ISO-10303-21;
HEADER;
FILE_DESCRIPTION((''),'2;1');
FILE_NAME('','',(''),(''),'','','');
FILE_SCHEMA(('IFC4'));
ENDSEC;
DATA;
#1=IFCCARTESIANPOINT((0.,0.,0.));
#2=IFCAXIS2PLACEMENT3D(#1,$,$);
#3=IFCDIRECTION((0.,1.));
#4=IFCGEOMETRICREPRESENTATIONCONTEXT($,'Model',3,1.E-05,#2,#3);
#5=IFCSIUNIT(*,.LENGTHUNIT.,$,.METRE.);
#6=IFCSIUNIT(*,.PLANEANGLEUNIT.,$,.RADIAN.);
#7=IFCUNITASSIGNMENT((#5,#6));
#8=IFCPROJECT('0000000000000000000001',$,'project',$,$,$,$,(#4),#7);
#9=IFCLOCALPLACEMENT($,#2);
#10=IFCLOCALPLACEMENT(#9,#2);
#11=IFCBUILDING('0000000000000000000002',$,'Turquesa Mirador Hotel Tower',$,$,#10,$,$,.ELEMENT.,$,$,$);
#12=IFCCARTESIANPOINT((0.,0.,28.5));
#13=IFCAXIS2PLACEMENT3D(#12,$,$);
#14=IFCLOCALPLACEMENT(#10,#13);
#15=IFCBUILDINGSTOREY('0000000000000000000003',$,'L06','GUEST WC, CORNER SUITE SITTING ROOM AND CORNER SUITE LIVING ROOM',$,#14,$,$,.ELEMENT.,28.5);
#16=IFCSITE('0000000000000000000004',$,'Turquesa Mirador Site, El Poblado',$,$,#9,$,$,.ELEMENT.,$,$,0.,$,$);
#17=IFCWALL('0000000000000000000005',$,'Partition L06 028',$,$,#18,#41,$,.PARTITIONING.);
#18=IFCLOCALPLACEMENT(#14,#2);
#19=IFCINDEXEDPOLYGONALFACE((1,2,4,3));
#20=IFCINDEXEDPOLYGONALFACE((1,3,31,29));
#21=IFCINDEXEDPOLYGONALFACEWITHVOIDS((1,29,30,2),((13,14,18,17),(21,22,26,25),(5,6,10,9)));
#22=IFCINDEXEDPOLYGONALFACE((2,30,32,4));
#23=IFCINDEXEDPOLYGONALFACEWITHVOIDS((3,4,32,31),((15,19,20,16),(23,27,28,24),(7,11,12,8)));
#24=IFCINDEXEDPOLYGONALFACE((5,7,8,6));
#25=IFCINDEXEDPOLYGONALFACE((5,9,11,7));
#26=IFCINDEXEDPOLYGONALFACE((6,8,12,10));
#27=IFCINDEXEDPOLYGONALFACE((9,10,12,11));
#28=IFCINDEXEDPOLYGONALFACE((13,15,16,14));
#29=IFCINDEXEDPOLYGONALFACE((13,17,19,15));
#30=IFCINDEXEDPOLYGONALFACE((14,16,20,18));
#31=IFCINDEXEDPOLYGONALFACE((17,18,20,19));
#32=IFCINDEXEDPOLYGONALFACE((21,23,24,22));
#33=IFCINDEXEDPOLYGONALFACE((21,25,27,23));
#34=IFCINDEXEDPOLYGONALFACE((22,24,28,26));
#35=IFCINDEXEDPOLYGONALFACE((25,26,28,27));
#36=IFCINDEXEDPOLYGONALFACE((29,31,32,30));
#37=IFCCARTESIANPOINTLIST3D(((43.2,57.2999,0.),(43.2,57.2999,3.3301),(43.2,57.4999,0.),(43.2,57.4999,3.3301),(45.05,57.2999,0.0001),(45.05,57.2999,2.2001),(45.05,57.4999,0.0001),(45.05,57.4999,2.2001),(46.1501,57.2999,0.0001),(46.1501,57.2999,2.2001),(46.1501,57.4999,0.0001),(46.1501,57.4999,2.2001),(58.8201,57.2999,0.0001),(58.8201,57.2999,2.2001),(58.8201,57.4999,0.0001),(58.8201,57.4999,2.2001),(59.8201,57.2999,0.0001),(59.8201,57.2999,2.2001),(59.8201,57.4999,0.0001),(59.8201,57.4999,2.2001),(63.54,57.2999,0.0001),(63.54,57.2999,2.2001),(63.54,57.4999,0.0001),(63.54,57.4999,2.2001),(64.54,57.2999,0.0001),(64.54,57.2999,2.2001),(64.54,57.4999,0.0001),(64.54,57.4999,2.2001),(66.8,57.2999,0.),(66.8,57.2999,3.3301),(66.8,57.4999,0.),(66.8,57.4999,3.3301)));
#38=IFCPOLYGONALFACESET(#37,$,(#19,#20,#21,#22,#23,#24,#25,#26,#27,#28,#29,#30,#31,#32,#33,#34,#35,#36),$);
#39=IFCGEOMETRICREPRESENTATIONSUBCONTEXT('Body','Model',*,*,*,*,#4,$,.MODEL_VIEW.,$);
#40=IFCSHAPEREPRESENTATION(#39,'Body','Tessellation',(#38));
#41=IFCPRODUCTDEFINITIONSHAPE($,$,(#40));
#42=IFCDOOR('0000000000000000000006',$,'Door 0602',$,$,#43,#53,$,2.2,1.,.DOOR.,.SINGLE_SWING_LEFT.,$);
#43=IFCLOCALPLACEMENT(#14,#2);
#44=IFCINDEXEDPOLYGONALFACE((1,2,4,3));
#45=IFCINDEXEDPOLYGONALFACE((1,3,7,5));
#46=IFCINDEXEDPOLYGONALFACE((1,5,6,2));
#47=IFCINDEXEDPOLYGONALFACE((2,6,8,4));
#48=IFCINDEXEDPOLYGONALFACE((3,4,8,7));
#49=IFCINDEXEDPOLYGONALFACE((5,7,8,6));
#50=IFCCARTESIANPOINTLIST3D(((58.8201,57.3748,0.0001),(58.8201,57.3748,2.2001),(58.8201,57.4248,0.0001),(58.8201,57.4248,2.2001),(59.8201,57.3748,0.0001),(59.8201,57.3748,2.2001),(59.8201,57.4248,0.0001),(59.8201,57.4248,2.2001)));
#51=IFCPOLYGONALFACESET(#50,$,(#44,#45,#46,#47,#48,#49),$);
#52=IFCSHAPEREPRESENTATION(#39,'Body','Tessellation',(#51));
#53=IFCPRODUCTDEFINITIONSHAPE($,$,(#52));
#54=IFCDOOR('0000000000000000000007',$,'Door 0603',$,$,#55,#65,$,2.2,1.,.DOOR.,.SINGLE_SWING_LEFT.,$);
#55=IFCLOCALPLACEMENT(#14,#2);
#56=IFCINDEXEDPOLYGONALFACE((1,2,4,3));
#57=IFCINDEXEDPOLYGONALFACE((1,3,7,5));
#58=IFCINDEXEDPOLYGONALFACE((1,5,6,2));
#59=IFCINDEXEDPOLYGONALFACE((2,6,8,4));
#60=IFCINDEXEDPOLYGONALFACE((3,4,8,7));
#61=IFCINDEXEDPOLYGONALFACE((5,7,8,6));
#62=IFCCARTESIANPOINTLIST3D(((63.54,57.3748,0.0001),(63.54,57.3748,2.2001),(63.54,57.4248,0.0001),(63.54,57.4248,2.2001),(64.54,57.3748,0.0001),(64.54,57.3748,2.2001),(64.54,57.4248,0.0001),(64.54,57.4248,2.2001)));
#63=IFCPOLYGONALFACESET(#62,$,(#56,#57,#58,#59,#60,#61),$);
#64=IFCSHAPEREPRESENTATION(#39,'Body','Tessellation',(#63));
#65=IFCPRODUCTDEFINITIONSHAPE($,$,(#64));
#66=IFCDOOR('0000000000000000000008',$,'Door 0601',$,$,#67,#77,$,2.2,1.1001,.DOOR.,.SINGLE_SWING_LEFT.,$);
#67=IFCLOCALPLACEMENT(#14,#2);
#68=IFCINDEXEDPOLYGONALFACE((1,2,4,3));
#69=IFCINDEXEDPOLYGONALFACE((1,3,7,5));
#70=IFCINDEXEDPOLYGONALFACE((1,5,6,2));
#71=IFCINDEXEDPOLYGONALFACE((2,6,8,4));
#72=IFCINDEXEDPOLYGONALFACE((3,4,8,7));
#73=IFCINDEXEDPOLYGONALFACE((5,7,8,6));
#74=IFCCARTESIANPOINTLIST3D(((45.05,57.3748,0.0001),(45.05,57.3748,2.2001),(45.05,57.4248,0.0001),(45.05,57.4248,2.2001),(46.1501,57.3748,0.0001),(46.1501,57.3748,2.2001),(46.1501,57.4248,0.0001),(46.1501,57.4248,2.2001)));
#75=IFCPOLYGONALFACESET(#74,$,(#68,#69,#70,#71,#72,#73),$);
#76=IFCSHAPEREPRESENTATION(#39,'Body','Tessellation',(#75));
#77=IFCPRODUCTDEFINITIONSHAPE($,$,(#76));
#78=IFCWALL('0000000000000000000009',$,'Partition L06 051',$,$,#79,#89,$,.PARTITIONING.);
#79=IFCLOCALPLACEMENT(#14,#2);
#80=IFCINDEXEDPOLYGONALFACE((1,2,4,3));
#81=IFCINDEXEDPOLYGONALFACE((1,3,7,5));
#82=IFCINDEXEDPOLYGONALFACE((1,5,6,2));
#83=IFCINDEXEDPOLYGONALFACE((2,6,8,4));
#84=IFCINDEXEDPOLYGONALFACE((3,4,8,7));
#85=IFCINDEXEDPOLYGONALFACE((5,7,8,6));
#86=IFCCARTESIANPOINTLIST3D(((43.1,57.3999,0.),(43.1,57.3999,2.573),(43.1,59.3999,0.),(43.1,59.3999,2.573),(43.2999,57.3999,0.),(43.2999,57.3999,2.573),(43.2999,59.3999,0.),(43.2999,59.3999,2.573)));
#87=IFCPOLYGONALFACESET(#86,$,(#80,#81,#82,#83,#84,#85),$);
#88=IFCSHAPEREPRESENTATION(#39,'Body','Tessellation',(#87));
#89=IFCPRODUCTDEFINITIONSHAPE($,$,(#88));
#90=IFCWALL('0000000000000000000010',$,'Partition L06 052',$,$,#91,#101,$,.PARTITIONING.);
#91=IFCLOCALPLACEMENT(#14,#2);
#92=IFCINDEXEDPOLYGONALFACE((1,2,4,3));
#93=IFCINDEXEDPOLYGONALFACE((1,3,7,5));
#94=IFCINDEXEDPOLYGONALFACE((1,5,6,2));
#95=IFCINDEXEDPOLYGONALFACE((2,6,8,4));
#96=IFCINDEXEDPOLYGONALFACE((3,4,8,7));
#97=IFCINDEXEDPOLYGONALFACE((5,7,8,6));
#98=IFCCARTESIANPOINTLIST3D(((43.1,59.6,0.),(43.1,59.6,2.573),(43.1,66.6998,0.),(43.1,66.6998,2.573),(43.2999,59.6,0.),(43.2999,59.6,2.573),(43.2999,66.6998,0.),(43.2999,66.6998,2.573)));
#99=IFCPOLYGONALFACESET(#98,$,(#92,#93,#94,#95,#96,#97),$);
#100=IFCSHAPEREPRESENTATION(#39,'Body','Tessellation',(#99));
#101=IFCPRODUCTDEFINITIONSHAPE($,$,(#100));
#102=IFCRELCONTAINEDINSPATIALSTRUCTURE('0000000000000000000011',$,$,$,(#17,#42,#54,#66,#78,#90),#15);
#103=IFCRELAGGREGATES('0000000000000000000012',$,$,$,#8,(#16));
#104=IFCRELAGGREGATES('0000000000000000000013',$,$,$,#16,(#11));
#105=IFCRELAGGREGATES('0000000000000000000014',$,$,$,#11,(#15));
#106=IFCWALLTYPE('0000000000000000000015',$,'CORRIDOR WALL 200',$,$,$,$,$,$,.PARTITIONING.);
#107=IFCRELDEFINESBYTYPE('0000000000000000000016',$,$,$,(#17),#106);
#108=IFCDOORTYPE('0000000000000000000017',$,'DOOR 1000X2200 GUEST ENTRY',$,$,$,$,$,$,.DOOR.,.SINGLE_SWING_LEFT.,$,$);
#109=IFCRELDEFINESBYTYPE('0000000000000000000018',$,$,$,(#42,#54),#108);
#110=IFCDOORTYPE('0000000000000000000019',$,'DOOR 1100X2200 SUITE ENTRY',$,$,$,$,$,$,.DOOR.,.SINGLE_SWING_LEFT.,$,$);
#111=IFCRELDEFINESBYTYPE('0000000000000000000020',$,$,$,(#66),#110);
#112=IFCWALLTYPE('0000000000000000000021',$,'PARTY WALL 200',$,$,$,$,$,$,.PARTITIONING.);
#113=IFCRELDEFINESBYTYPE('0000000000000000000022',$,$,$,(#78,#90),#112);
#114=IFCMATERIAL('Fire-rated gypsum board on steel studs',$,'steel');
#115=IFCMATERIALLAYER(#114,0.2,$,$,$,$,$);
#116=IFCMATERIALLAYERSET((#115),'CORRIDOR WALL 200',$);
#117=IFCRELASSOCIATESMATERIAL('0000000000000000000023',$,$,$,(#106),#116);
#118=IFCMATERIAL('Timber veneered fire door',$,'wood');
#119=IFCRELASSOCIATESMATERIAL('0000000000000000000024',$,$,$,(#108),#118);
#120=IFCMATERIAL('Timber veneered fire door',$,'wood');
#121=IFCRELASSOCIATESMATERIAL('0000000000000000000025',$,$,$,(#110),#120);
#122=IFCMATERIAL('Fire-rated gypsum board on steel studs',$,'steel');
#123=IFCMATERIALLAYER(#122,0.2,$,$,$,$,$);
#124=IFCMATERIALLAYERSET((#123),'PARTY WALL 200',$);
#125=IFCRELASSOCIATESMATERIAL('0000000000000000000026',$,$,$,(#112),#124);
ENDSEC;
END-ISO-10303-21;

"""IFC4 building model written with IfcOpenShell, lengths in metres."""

from ifc_helpers import new_model, si_unit, direction, frame, frame_2d, origin, place, context, subcontext, project, spatial, rectangle, extrude, material, layer, layer_set, type_object, element, fill, save


model = new_model("IFC4")

# Units and contexts
model_context = context("Model", 3, precision=1e-05, world=origin(), true_north=direction((0.0, 1.0)))
body_context = subcontext(model_context, "Body", "Model", "MODEL_VIEW")
ifc_project = project(units=[si_unit("LENGTHUNIT", "METRE"), si_unit("PLANEANGLEUNIT", "RADIAN")], contexts=[model_context])

# Site, building, storey
site_placement = place(None, origin())
site = spatial("IfcSite", under=ifc_project, at=site_placement, Name="Turquesa Mirador Site, El Poblado", CompositionType="ELEMENT", RefElevation=0.0)
building_placement = place(site_placement, origin())
building = spatial("IfcBuilding", under=site, at=building_placement, Name="Turquesa Mirador Hotel Tower", CompositionType="ELEMENT")
storey_placement = place(building_placement, frame((0.0, 0.0, 28.5)))
storey = spatial("IfcBuildingStorey", under=building, at=storey_placement, Name="L06", Description="GUEST WC, CORNER SUITE SITTING ROOM AND CORNER SUITE LIVING ROOM", CompositionType="ELEMENT", Elevation=28.5)

# Wall, openings, doors
ifc_material_1 = material(Name="Fire-rated gypsum board on steel studs", Category="steel")
ifc_layer_1 = layer(ifc_material_1, 0.2)
ifc_layer_set_1 = layer_set([ifc_layer_1], Name="CORRIDOR WALL 200")
wall_type_1 = type_object("IfcWallType", Name="CORRIDOR WALL 200", PredefinedType="PARTITIONING", material=ifc_layer_set_1)
wall_1_placement = place(storey_placement, frame((43.2, 57.3999, 0.0), z_axis=(0.0, 0.0, 1.0), x_axis=(1.0, 0.0, 0.0)))
wall_1 = element("IfcWall", 1, at=wall_1_placement, inside=storey, type_object=wall_type_1, Name="Partition L06 028", PredefinedType="PARTITIONING", context=body_context, shape_type="SweptSolid", body=[
    extrude(rectangle(XDim=23.6001, YDim=0.2, at=frame_2d((11.8, 0.0))), origin(), (0.0, 0.0, 1.0), 3.3301),
])
opening_1_placement = place(wall_1_placement, frame((1.8501, 0.0, 0.0)))
opening_1 = element("IfcOpeningElement", 2, at=opening_1_placement, cuts=wall_1, PredefinedType="OPENING", context=body_context, shape_type="SweptSolid", body=[
    extrude(rectangle(XDim=1.1001, YDim=2.2, at=frame_2d((0.55, 1.1001))), frame((0.0, 0.1099, 0.0), z_axis=(0.0, -1.0, 0.0), x_axis=(1.0, 0.0, 0.0)), (0.0, 0.0, 1.0), 0.22),
])
opening_2_placement = place(wall_1_placement, frame((15.6201, 0.0, 0.0)))
opening_2 = element("IfcOpeningElement", 3, at=opening_2_placement, cuts=wall_1, PredefinedType="OPENING", context=body_context, shape_type="SweptSolid", body=[
    extrude(rectangle(XDim=1.0, YDim=2.2, at=frame_2d((0.5, 1.1001))), frame((0.0, 0.1099, 0.0), z_axis=(0.0, -1.0, 0.0), x_axis=(1.0, 0.0, 0.0)), (0.0, 0.0, 1.0), 0.22),
])
opening_3_placement = place(wall_1_placement, frame((20.3401, 0.0, 0.0)))
opening_3 = element("IfcOpeningElement", 4, at=opening_3_placement, cuts=wall_1, PredefinedType="OPENING", context=body_context, shape_type="SweptSolid", body=[
    extrude(rectangle(XDim=1.0, YDim=2.2, at=frame_2d((0.5, 1.1001))), frame((0.0, 0.1099, 0.0), z_axis=(0.0, -1.0, 0.0), x_axis=(1.0, 0.0, 0.0)), (0.0, 0.0, 1.0), 0.22),
])
ifc_material_2 = material(Name="Timber veneered fire door", Category="wood")
door_type_1 = type_object("IfcDoorType", Name="DOOR 1000X2200 GUEST ENTRY", OperationType="SINGLE_SWING_LEFT", PredefinedType="DOOR", material=ifc_material_2)
door_1_placement = place(opening_2_placement, origin())
door_1 = element("IfcDoor", 5, at=door_1_placement, inside=storey, type_object=door_type_1, Name="Door 0602", OperationType="SINGLE_SWING_LEFT", OverallHeight=2.2, OverallWidth=1.0, PredefinedType="DOOR", context=body_context, shape_type="SweptSolid", body=[
    extrude(rectangle(XDim=1.0, YDim=2.2, at=frame_2d((0.5, 1.1001))), frame((0.0, 0.0249, 0.0), z_axis=(0.0, -1.0, 0.0), x_axis=(1.0, 0.0, 0.0)), (0.0, 0.0, 1.0), 0.05),
])
fill(opening_2, door_1)
door_2_placement = place(opening_3_placement, origin())
door_2 = element("IfcDoor", 6, at=door_2_placement, inside=storey, type_object=door_type_1, Name="Door 0603", OperationType="SINGLE_SWING_LEFT", OverallHeight=2.2, OverallWidth=1.0, PredefinedType="DOOR", context=body_context, shape_type="SweptSolid", body=[
    extrude(rectangle(XDim=1.0, YDim=2.2, at=frame_2d((0.5, 1.1001))), frame((0.0, 0.0249, 0.0), z_axis=(0.0, -1.0, 0.0), x_axis=(1.0, 0.0, 0.0)), (0.0, 0.0, 1.0), 0.05),
])
fill(opening_3, door_2)
ifc_material_3 = material(Name="Timber veneered fire door", Category="wood")
door_type_2 = type_object("IfcDoorType", Name="DOOR 1100X2200 SUITE ENTRY", OperationType="SINGLE_SWING_LEFT", PredefinedType="DOOR", material=ifc_material_3)
door_3_placement = place(opening_1_placement, origin())
door_3 = element("IfcDoor", 7, at=door_3_placement, inside=storey, type_object=door_type_2, Name="Door 0601", OperationType="SINGLE_SWING_LEFT", OverallHeight=2.2, OverallWidth=1.1001, PredefinedType="DOOR", context=body_context, shape_type="SweptSolid", body=[
    extrude(rectangle(XDim=1.1001, YDim=2.2, at=frame_2d((0.55, 1.1001))), frame((0.0, 0.0249, 0.0), z_axis=(0.0, -1.0, 0.0), x_axis=(1.0, 0.0, 0.0)), (0.0, 0.0, 1.0), 0.05),
])
fill(opening_1, door_3)

# Walls
ifc_material_4 = material(Name="Fire-rated gypsum board on steel studs", Category="steel")
ifc_layer_2 = layer(ifc_material_4, 0.2)
ifc_layer_set_2 = layer_set([ifc_layer_2], Name="PARTY WALL 200")
wall_type_2 = type_object("IfcWallType", Name="PARTY WALL 200", PredefinedType="PARTITIONING", material=ifc_layer_set_2)
wall_2_placement = place(storey_placement, frame((43.2, 57.3999, 0.0), z_axis=(0.0, 0.0, 1.0), x_axis=(0.0, 1.0, 0.0)))
element("IfcWall", 8, at=wall_2_placement, inside=storey, type_object=wall_type_2, Name="Partition L06 051", PredefinedType="PARTITIONING", context=body_context, shape_type="SweptSolid", body=[
    extrude(rectangle(XDim=2.0, YDim=0.2, at=frame_2d((1.0, 0.0))), origin(), (0.0, 0.0, 1.0), 2.573),
])
wall_3_placement = place(storey_placement, frame((43.2, 59.6001, 0.0), z_axis=(0.0, 0.0, 1.0), x_axis=(0.0, 1.0, 0.0)))
element("IfcWall", 9, at=wall_3_placement, inside=storey, type_object=wall_type_2, Name="Partition L06 052", PredefinedType="PARTITIONING", context=body_context, shape_type="SweptSolid", body=[
    extrude(rectangle(XDim=7.0999, YDim=0.2, at=frame_2d((3.5498, 0.0))), origin(), (0.0, 0.0, 1.0), 2.573),
])

save(model, "model.ifc")
